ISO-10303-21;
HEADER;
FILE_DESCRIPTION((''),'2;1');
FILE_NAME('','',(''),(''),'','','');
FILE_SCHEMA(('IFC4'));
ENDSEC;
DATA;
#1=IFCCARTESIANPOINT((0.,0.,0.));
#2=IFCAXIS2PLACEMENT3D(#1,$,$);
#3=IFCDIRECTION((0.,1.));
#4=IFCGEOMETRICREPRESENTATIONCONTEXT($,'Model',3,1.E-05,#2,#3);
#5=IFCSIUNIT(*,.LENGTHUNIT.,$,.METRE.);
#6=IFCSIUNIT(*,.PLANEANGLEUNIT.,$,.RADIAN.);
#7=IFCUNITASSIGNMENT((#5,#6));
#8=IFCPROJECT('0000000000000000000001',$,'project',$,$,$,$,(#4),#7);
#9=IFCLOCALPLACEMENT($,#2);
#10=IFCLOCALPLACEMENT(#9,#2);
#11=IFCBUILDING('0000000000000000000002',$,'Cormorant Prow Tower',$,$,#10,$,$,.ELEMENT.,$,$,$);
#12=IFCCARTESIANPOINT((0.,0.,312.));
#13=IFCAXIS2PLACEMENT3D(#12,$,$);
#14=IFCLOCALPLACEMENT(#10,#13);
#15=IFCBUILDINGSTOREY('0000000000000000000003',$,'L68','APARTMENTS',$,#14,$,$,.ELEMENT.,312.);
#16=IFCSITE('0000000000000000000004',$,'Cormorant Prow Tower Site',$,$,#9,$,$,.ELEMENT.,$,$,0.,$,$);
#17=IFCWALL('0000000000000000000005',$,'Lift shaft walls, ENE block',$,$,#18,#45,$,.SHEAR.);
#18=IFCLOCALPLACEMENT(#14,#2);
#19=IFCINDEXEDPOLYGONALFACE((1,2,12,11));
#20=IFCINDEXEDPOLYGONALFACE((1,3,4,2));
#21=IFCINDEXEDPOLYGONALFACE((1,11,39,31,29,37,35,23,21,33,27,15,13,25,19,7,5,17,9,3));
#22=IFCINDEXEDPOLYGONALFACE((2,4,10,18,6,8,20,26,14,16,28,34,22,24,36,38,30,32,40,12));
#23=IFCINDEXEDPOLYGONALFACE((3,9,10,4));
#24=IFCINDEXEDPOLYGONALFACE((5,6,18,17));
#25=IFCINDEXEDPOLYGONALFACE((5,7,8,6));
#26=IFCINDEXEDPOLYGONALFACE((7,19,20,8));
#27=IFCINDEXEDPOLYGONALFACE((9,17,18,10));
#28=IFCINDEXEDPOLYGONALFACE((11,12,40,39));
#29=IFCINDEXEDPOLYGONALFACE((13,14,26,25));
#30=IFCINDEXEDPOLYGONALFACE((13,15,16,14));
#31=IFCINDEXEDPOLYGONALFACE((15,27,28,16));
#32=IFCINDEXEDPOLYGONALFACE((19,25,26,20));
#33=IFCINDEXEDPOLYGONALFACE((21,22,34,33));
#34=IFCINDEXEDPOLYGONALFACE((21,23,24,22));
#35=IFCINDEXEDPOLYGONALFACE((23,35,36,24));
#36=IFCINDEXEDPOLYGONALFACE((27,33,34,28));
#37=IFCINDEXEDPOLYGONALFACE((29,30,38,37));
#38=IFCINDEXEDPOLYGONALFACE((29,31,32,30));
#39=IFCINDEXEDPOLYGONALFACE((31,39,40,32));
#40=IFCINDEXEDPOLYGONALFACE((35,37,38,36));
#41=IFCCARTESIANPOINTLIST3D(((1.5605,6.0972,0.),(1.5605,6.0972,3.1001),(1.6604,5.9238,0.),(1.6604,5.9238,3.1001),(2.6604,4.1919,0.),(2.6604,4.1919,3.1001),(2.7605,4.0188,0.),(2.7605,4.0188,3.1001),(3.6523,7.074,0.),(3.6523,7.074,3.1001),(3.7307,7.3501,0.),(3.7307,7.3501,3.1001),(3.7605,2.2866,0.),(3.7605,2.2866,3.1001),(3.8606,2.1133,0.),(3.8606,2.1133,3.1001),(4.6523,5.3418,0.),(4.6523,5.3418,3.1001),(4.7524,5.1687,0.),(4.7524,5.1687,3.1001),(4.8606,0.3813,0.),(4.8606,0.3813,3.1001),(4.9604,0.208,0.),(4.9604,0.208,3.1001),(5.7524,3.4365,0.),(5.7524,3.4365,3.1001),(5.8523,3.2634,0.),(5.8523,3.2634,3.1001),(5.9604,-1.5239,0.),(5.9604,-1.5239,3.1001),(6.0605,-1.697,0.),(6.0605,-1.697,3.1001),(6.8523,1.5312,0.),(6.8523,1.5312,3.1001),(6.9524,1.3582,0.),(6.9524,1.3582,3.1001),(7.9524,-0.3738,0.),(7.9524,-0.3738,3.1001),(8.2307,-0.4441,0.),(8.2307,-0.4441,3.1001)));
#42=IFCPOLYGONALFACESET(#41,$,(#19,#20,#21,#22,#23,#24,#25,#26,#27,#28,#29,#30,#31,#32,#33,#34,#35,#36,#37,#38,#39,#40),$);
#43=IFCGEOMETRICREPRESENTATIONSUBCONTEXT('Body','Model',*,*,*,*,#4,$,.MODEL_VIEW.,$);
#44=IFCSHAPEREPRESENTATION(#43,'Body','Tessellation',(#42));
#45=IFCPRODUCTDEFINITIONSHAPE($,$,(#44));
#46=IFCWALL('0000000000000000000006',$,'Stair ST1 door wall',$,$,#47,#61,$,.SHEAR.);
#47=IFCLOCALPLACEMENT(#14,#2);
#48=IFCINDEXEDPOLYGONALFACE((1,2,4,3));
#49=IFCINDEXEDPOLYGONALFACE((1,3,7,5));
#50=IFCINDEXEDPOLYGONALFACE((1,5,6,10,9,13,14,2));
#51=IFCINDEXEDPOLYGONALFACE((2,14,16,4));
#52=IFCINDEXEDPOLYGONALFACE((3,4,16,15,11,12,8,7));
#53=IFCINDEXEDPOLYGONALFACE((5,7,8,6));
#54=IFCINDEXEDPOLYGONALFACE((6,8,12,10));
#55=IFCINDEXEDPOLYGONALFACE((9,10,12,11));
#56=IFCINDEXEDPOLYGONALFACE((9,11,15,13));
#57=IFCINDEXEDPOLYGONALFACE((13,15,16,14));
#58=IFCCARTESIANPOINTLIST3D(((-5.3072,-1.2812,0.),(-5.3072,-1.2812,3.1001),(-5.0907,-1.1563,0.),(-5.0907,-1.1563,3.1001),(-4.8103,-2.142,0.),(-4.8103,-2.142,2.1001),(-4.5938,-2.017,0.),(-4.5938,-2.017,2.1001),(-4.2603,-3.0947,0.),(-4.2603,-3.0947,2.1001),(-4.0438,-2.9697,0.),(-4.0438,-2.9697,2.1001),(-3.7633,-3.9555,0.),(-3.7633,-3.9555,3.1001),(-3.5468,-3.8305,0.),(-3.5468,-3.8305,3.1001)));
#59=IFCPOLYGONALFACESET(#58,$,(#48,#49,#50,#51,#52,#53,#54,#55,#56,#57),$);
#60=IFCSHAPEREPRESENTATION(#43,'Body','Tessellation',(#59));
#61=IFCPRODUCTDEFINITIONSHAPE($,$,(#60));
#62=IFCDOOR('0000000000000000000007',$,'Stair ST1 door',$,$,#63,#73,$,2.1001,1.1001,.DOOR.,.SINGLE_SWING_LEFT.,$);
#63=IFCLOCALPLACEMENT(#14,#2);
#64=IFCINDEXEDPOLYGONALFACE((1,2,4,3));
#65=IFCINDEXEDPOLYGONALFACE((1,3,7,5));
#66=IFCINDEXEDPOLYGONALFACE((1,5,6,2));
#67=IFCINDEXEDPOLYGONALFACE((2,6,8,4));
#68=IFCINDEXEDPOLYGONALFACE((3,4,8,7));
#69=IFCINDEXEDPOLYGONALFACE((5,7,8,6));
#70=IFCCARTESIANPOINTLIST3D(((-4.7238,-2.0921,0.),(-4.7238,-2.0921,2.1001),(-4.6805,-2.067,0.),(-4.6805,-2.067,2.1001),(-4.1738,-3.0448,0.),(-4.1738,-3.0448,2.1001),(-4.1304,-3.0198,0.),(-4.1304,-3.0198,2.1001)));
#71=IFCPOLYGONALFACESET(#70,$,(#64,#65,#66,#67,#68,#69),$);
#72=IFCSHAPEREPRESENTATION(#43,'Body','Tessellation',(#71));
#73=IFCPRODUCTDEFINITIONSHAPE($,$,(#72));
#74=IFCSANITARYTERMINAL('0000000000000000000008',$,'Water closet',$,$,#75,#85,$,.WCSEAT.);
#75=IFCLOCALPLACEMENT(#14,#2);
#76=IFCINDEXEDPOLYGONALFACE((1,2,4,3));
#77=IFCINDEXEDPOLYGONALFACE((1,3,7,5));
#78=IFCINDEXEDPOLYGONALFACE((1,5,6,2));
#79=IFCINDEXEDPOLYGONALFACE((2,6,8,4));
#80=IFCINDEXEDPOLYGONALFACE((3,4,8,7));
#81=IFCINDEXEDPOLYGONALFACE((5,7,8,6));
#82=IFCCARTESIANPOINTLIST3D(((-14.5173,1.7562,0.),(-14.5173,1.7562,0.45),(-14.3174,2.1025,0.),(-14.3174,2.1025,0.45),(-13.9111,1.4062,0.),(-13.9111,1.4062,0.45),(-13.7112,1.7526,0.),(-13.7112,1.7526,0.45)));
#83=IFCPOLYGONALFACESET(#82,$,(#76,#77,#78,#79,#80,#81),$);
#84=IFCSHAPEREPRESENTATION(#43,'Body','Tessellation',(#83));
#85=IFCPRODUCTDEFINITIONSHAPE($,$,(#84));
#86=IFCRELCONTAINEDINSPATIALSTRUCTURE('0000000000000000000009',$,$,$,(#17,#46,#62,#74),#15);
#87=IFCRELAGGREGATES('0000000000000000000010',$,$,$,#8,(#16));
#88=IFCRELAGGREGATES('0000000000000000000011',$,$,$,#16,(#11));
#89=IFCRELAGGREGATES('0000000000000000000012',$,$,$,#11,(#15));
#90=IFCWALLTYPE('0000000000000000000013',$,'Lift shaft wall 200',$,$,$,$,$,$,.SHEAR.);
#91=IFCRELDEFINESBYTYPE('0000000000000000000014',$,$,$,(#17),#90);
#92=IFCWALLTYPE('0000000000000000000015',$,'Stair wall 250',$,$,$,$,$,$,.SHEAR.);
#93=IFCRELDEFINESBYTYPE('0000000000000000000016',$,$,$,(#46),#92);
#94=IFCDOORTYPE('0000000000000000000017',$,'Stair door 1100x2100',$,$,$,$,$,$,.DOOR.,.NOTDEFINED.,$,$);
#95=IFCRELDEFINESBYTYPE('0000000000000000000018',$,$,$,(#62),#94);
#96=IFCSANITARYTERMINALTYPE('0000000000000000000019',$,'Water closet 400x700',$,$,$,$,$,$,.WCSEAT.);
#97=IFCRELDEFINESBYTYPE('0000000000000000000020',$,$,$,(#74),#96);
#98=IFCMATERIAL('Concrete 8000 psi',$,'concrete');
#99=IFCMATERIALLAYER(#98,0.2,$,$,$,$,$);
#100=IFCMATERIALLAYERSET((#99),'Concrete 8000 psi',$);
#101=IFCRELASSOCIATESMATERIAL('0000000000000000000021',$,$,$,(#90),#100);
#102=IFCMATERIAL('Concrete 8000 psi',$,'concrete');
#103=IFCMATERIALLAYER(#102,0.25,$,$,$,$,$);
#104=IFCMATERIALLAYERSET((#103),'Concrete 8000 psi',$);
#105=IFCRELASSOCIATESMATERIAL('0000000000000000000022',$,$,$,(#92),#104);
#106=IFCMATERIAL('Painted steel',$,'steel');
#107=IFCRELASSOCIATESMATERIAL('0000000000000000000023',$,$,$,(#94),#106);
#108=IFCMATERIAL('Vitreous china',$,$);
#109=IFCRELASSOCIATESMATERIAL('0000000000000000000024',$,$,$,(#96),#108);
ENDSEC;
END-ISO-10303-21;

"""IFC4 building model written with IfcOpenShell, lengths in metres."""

from ifc_helpers import new_model, si_unit, direction, frame, frame_2d, origin, origin_2d, place, context, subcontext, project, spatial, polyline, rectangle, outline, extrude, material, layer, layer_set, type_object, element, fill, save


model = new_model("IFC4")

# Units and contexts
model_context = context("Model", 3, precision=1e-05, world=origin(), true_north=direction((0.0, 1.0)))
body_context = subcontext(model_context, "Body", "Model", "MODEL_VIEW")
ifc_project = project(units=[si_unit("LENGTHUNIT", "METRE"), si_unit("PLANEANGLEUNIT", "RADIAN")], contexts=[model_context])

# Site, building, storey
site_placement = place(None, origin())
site = spatial("IfcSite", under=ifc_project, at=site_placement, Name="Cormorant Prow Tower Site", CompositionType="ELEMENT", RefElevation=0.0)
building_placement = place(site_placement, origin())
building = spatial("IfcBuilding", under=site, at=building_placement, Name="Cormorant Prow Tower", CompositionType="ELEMENT")
storey_placement = place(building_placement, frame((0.0, 0.0, 312.0)))
storey = spatial("IfcBuildingStorey", under=building, at=storey_placement, Name="L68", Description="APARTMENTS", CompositionType="ELEMENT", Elevation=312.0)

# Wall
ifc_material_1 = material(Name="Concrete 8000 psi", Category="concrete")
ifc_layer_1 = layer(ifc_material_1, 0.2)
ifc_layer_set_1 = layer_set([ifc_layer_1], Name="Concrete 8000 psi")
wall_type_1 = type_object("IfcWallType", Name="Lift shaft wall 200", PredefinedType="SHEAR", material=ifc_layer_set_1)
wall_1_placement = place(storey_placement, origin())
element("IfcWall", 1, at=wall_1_placement, inside=storey, type_object=wall_type_1, Name="Lift shaft walls, ENE block", PredefinedType="SHEAR", context=body_context, shape_type="SweptSolid", body=[
    extrude(outline(polyline([(1.5605, 6.0972), (3.7307, 7.3501), (8.2307, -0.4441), (6.0605, -1.697), (5.9604, -1.5239), (7.9524, -0.3738), (6.9524, 1.3582), (4.9604, 0.208), (4.8606, 0.3813), (6.8523, 1.5312), (5.8523, 3.2634), (3.8606, 2.1133), (3.7605, 2.2866), (5.7524, 3.4365), (4.7524, 5.1687), (2.7605, 4.0188), (2.6604, 4.1919), (4.6523, 5.3418), (3.6523, 7.074), (1.6604, 5.9238), (1.5605, 6.0972)])), origin(), (0.0, 0.0, 1.0), 3.1001),
])

# Wall, opening, door
ifc_material_2 = material(Name="Concrete 8000 psi", Category="concrete")
ifc_layer_2 = layer(ifc_material_2, 0.25)
ifc_layer_set_2 = layer_set([ifc_layer_2], Name="Concrete 8000 psi")
wall_type_2 = type_object("IfcWallType", Name="Stair wall 250", PredefinedType="SHEAR", material=ifc_layer_set_2)
wall_2_placement = place(storey_placement, frame((-5.199, -1.2188, 0.0), z_axis=(0.0, 0.0, 1.0), x_axis=(0.499983, -0.866035, 0.0)))
wall_2 = element("IfcWall", 2, at=wall_2_placement, inside=storey, type_object=wall_type_2, Name="Stair ST1 door wall", PredefinedType="SHEAR", context=body_context, shape_type="SweptSolid", body=[
    extrude(rectangle(XDim=3.0879, YDim=0.25, at=frame_2d((1.5439, 0.0))), origin(), (0.0, 0.0, 1.0), 3.1001),
])
opening_1_placement = place(wall_2_placement, frame((0.9939, 0.0, 0.0)))
opening_1 = element("IfcOpeningElement", 3, at=opening_1_placement, cuts=wall_2, PredefinedType="OPENING", context=body_context, shape_type="SweptSolid", body=[
    extrude(rectangle(XDim=1.1001, YDim=2.1001, at=frame_2d((0.55, 1.05))), frame((0.0, 0.135, 0.0), z_axis=(0.0, -1.0, 0.0), x_axis=(1.0, 0.0, 0.0)), (0.0, 0.0, 1.0), 0.27),
])
ifc_material_3 = material(Name="Painted steel", Category="steel")
door_type_1 = type_object("IfcDoorType", Name="Stair door 1100x2100", OperationType="NOTDEFINED", PredefinedType="DOOR", material=ifc_material_3)
door_1_placement = place(opening_1_placement, origin())
door_1 = element("IfcDoor", 4, at=door_1_placement, inside=storey, type_object=door_type_1, Name="Stair ST1 door", OperationType="SINGLE_SWING_LEFT", OverallHeight=2.1001, OverallWidth=1.1001, PredefinedType="DOOR", context=body_context, shape_type="SweptSolid", body=[
    extrude(rectangle(XDim=1.1001, YDim=2.1001, at=frame_2d((0.55, 1.05))), frame((0.0, 0.0249, 0.0), z_axis=(0.0, -1.0, 0.0), x_axis=(1.0, 0.0, 0.0)), (0.0, 0.0, 1.0), 0.05),
])
fill(opening_1, door_1)

# Sanitary terminal
ifc_material_4 = material(Name="Vitreous china")
sanitary_terminal_type = type_object("IfcSanitaryTerminalType", Name="Water closet 400x700", PredefinedType="WCSEAT", material=ifc_material_4)
sanitary_terminal_placement = place(storey_placement, frame((-14.1143, 1.7544, 0.0), z_axis=(0.0, 0.0, 1.0), x_axis=(-0.5, -0.866025, 0.0)))
element("IfcSanitaryTerminal", 5, at=sanitary_terminal_placement, inside=storey, type_object=sanitary_terminal_type, Name="Water closet", PredefinedType="WCSEAT", context=body_context, shape_type="SweptSolid", body=[
    extrude(rectangle(XDim=0.3999, YDim=0.7, at=origin_2d()), origin(), (0.0, 0.0, 1.0), 0.45),
])

save(model, "model.ifc")
